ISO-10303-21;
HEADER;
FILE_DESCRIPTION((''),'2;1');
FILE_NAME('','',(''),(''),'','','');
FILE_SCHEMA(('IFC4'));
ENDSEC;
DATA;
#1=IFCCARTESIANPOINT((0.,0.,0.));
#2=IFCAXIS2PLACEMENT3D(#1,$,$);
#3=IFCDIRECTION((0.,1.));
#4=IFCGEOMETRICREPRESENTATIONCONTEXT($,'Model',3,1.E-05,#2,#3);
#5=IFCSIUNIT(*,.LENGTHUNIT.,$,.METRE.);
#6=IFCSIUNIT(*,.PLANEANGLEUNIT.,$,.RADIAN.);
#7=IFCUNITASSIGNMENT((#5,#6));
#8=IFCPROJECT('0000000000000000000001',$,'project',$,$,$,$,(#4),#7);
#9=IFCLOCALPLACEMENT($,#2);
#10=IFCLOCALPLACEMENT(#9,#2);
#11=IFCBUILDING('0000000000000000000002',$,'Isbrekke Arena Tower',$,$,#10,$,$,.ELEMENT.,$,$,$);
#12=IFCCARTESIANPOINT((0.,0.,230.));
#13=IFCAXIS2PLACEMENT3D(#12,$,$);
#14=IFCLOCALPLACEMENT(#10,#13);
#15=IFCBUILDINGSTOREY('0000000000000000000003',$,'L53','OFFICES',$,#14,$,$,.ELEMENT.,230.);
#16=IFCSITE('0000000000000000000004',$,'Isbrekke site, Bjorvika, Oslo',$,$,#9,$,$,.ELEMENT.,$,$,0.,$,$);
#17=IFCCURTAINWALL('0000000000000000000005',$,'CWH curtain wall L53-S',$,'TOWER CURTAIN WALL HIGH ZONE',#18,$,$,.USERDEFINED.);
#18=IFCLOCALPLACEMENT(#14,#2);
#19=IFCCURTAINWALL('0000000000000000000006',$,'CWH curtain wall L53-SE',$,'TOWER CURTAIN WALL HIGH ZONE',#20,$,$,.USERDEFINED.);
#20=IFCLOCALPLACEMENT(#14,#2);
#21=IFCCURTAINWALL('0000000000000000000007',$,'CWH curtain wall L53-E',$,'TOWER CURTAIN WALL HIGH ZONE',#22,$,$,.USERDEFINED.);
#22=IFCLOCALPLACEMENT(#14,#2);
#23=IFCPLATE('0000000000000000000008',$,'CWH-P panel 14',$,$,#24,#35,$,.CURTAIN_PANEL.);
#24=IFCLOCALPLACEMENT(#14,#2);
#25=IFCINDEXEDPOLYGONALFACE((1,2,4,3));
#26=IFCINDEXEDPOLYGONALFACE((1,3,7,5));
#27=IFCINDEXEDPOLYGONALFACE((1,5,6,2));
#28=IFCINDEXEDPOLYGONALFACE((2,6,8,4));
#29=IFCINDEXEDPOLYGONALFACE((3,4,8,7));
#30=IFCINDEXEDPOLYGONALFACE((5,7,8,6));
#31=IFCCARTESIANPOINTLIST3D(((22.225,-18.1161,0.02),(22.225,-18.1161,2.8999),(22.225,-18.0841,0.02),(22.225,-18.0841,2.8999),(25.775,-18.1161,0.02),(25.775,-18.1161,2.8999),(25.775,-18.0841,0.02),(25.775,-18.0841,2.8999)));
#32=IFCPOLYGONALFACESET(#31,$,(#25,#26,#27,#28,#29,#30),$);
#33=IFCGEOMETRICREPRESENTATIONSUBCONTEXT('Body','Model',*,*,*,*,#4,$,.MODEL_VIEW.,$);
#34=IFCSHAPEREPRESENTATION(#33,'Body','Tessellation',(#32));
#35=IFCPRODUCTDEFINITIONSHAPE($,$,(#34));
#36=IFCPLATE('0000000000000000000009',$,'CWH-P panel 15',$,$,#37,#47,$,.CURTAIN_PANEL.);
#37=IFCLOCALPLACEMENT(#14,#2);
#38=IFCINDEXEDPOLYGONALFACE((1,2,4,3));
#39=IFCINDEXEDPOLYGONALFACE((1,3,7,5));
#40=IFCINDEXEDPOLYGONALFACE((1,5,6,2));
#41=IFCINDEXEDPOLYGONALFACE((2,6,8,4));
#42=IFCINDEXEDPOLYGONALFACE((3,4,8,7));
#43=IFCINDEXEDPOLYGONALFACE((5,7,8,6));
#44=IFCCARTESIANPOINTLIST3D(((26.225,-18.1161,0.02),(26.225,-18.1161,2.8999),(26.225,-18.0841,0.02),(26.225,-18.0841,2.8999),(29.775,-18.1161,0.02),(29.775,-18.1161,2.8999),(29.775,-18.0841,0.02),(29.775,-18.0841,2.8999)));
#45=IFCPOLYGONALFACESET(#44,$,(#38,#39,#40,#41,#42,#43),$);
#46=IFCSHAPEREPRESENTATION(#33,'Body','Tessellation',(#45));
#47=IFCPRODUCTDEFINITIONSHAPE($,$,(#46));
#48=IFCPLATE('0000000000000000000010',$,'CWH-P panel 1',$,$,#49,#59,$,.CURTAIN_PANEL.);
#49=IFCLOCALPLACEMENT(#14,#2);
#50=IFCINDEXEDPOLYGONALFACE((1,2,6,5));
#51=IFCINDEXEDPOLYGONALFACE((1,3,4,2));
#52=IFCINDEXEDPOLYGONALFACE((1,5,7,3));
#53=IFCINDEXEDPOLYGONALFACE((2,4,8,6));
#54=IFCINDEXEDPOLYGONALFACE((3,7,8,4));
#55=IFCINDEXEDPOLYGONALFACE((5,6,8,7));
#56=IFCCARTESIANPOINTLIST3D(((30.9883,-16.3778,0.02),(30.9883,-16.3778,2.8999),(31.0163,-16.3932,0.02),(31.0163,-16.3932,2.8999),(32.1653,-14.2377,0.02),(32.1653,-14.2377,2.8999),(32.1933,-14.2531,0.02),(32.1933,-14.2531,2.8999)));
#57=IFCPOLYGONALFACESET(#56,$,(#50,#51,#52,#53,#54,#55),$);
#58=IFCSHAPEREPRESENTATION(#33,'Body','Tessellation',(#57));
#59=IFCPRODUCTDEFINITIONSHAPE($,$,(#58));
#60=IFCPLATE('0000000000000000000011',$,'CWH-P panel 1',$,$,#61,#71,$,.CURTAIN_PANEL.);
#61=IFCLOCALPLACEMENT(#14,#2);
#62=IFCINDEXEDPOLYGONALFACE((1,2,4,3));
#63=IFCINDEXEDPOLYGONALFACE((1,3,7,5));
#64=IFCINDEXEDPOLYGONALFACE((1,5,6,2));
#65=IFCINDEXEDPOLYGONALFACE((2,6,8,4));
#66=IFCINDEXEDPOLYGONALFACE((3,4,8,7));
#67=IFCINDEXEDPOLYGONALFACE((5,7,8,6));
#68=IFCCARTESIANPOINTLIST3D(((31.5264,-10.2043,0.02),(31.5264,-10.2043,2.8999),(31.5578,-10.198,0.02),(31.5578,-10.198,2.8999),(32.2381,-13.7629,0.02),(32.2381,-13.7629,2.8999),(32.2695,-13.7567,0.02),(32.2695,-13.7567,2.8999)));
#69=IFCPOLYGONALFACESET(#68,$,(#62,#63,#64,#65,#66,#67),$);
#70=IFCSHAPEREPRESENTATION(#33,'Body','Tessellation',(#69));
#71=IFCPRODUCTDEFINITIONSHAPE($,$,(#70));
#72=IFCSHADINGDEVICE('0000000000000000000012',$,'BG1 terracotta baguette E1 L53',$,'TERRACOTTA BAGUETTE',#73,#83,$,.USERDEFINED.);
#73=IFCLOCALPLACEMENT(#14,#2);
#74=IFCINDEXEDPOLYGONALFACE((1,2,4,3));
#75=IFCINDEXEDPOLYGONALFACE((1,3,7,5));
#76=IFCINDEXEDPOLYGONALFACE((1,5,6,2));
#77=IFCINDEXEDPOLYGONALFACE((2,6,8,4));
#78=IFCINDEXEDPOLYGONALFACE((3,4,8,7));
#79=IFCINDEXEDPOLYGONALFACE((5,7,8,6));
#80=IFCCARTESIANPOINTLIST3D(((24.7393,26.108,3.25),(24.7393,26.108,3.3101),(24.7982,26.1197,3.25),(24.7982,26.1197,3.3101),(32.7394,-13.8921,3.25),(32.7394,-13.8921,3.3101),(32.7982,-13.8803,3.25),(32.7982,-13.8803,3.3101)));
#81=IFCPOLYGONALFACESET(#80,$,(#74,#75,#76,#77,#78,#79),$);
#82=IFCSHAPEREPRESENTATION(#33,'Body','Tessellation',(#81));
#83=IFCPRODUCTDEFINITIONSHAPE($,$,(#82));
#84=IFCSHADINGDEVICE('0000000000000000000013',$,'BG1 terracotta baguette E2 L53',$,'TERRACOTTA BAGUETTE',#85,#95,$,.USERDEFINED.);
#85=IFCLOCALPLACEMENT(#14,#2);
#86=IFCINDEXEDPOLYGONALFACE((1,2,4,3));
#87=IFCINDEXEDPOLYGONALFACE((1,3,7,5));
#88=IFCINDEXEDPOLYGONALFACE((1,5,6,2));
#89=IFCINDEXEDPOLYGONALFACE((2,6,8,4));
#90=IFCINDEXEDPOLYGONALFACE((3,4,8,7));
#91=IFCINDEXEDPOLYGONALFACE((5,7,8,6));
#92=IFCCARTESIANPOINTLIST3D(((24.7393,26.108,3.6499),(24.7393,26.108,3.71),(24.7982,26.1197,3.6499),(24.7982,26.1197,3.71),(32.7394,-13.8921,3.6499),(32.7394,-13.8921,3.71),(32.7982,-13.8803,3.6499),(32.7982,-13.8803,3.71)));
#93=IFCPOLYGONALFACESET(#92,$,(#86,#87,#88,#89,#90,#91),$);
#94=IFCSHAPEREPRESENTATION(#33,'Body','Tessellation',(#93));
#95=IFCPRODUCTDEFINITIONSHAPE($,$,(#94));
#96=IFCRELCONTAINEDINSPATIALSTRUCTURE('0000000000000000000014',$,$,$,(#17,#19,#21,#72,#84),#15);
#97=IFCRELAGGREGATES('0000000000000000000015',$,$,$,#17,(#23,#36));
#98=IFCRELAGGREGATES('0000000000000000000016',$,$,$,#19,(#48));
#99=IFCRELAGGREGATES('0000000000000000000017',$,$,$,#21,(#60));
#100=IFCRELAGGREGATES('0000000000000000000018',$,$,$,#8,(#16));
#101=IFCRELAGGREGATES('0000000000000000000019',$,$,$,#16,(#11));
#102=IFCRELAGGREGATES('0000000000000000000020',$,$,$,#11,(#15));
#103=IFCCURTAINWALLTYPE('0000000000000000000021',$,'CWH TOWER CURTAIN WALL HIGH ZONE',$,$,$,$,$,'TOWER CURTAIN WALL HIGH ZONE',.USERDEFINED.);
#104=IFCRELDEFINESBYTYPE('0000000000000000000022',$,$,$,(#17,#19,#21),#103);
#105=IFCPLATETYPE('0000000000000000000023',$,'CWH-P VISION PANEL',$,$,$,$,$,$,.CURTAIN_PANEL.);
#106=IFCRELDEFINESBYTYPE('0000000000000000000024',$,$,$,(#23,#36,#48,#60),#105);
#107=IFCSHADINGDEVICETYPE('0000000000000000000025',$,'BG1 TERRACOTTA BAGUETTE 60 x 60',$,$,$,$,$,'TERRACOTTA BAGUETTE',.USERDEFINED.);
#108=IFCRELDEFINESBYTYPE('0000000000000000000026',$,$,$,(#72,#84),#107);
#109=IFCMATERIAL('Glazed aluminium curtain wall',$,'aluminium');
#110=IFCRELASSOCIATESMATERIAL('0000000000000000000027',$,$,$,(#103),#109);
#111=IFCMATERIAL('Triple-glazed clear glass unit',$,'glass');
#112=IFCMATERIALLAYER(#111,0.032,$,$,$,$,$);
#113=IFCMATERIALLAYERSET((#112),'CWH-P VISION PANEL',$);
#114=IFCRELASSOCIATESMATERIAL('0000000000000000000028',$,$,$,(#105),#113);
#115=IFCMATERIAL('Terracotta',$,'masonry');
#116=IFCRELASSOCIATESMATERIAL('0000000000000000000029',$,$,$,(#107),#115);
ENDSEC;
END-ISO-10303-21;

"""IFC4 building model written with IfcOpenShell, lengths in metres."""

from ifc_helpers import new_model, si_unit, direction, frame, origin, origin_2d, place, context, subcontext, project, spatial, rectangle, extrude, material, layer, layer_set, material_profile, profile_set, type_object, element, aggregate, save


model = new_model("IFC4")

# Units and contexts
model_context = context("Model", 3, precision=1e-05, world=origin(), true_north=direction((0.0, 1.0)))
body_context = subcontext(model_context, "Body", "Model", "MODEL_VIEW")
ifc_project = project(units=[si_unit("LENGTHUNIT", "METRE"), si_unit("PLANEANGLEUNIT", "RADIAN")], contexts=[model_context])

# Site, building, storey
site_placement = place(None, origin())
site = spatial("IfcSite", under=ifc_project, at=site_placement, Name="Isbrekke site, Bjorvika, Oslo", CompositionType="ELEMENT", RefElevation=0.0)
building_placement = place(site_placement, origin())
building = spatial("IfcBuilding", under=site, at=building_placement, Name="Isbrekke Arena Tower", CompositionType="ELEMENT")
storey_placement = place(building_placement, frame((0.0, 0.0, 230.0)))
storey = spatial("IfcBuildingStorey", under=building, at=storey_placement, Name="L53", Description="OFFICES", CompositionType="ELEMENT", Elevation=230.0)

# Curtain walls
ifc_material_1 = material(Name="Glazed aluminium curtain wall", Category="aluminium")
curtain_wall_type = type_object("IfcCurtainWallType", Name="CWH TOWER CURTAIN WALL HIGH ZONE", ElementType="TOWER CURTAIN WALL HIGH ZONE", PredefinedType="USERDEFINED", material=ifc_material_1)
curtain_wall_1_placement = place(storey_placement, origin())
curtain_wall_1 = element("IfcCurtainWall", 1, at=curtain_wall_1_placement, inside=storey, type_object=curtain_wall_type, Name="CWH curtain wall L53-S", ObjectType="TOWER CURTAIN WALL HIGH ZONE", PredefinedType="USERDEFINED")
curtain_wall_2_placement = place(storey_placement, origin())
curtain_wall_2 = element("IfcCurtainWall", 2, at=curtain_wall_2_placement, inside=storey, type_object=curtain_wall_type, Name="CWH curtain wall L53-SE", ObjectType="TOWER CURTAIN WALL HIGH ZONE", PredefinedType="USERDEFINED")

# Curtain wall
curtain_wall_3_placement = place(storey_placement, origin())
curtain_wall_3 = element("IfcCurtainWall", 3, at=curtain_wall_3_placement, inside=storey, type_object=curtain_wall_type, Name="CWH curtain wall L53-E", ObjectType="TOWER CURTAIN WALL HIGH ZONE", PredefinedType="USERDEFINED")

# Plates
ifc_material_2 = material(Name="Triple-glazed clear glass unit", Category="glass")
ifc_layer = layer(ifc_material_2, 0.032)
ifc_layer_set = layer_set([ifc_layer], Name="CWH-P VISION PANEL")
plate_type = type_object("IfcPlateType", Name="CWH-P VISION PANEL", PredefinedType="CURTAIN_PANEL", material=ifc_layer_set)
plate_1_placement = place(storey_placement, frame((24.0, -18.1001, 0.02), z_axis=(0.0, 0.0, 1.0), x_axis=(1.0, 0.0, 0.0)))
plate_1 = element("IfcPlate", 4, at=plate_1_placement, type_object=plate_type, Name="CWH-P panel 14", PredefinedType="CURTAIN_PANEL", context=body_context, shape_type="SweptSolid", body=[
    extrude(rectangle(XDim=3.55, YDim=0.032, at=origin_2d()), origin(), (0.0, 0.0, 1.0), 2.8799),
])
plate_2_placement = place(storey_placement, frame((28.0, -18.1001, 0.02), z_axis=(0.0, 0.0, 1.0), x_axis=(1.0, 0.0, 0.0)))
plate_2 = element("IfcPlate", 5, at=plate_2_placement, type_object=plate_type, Name="CWH-P panel 15", PredefinedType="CURTAIN_PANEL", context=body_context, shape_type="SweptSolid", body=[
    extrude(rectangle(XDim=3.55, YDim=0.032, at=origin_2d()), origin(), (0.0, 0.0, 1.0), 2.8799),
])
aggregate(curtain_wall_1, [plate_1, plate_2])
plate_3_placement = place(storey_placement, frame((31.5908, -15.3154, 0.02), z_axis=(0.0, 0.0, 1.0), x_axis=(0.481919, 0.876216, 0.0)))
plate_3 = element("IfcPlate", 6, at=plate_3_placement, type_object=plate_type, Name="CWH-P panel 1", PredefinedType="CURTAIN_PANEL", context=body_context, shape_type="SweptSolid", body=[
    extrude(rectangle(XDim=2.4424, YDim=0.032, at=origin_2d()), origin(), (0.0, 0.0, 1.0), 2.8799),
])
aggregate(curtain_wall_2, [plate_3])
plate_4_placement = place(storey_placement, frame((31.8979, -11.9805, 0.02), z_axis=(0.0, 0.0, 1.0), x_axis=(-0.196116, 0.980581, 0.0)))
plate_4 = element("IfcPlate", 7, at=plate_4_placement, type_object=plate_type, Name="CWH-P panel 1", PredefinedType="CURTAIN_PANEL", context=body_context, shape_type="SweptSolid", body=[
    extrude(rectangle(XDim=3.6292, YDim=0.032, at=origin_2d()), origin(), (0.0, 0.0, 1.0), 2.8799),
])
aggregate(curtain_wall_3, [plate_4])

# Shading devices
ifc_material_3 = material(Name="Terracotta", Category="masonry")
ifc_material_profile_1 = material_profile(ifc_material_3, rectangle(XDim=0.0601, YDim=0.0601, at=origin_2d()), Name="BAGUETTE 60X60")
ifc_profile_set_1 = profile_set([ifc_material_profile_1], Name="Terracotta")
shading_device_type = type_object("IfcShadingDeviceType", Name="BG1 TERRACOTTA BAGUETTE 60 x 60", ElementType="TERRACOTTA BAGUETTE", PredefinedType="USERDEFINED", material=ifc_profile_set_1)
for number, where, z_axis, x_axis, name in (
    (8, (32.7688, -13.8862, 3.28), (-0.196116, 0.980581, 0.0), (-0.980581, -0.196116, 0.0), "BG1 terracotta baguette E1 L53"),
    (9, (32.7688, -13.8862, 3.6799), (-0.196116, 0.980581, 0.0), (-0.980581, -0.196116, 0.0), "BG1 terracotta baguette E2 L53"),
):
    element("IfcShadingDevice", number, at=place(storey_placement, frame(where, z_axis=z_axis, x_axis=x_axis)), inside=storey, type_object=shading_device_type, Name=name, ObjectType="TERRACOTTA BAGUETTE", PredefinedType="USERDEFINED", context=body_context, shape_type="SweptSolid", body=[
        extrude(rectangle(XDim=0.0601, YDim=0.0601, at=origin_2d()), origin(), (0.0, 0.0, 1.0), 40.7922),
    ])

save(model, "model.ifc")
